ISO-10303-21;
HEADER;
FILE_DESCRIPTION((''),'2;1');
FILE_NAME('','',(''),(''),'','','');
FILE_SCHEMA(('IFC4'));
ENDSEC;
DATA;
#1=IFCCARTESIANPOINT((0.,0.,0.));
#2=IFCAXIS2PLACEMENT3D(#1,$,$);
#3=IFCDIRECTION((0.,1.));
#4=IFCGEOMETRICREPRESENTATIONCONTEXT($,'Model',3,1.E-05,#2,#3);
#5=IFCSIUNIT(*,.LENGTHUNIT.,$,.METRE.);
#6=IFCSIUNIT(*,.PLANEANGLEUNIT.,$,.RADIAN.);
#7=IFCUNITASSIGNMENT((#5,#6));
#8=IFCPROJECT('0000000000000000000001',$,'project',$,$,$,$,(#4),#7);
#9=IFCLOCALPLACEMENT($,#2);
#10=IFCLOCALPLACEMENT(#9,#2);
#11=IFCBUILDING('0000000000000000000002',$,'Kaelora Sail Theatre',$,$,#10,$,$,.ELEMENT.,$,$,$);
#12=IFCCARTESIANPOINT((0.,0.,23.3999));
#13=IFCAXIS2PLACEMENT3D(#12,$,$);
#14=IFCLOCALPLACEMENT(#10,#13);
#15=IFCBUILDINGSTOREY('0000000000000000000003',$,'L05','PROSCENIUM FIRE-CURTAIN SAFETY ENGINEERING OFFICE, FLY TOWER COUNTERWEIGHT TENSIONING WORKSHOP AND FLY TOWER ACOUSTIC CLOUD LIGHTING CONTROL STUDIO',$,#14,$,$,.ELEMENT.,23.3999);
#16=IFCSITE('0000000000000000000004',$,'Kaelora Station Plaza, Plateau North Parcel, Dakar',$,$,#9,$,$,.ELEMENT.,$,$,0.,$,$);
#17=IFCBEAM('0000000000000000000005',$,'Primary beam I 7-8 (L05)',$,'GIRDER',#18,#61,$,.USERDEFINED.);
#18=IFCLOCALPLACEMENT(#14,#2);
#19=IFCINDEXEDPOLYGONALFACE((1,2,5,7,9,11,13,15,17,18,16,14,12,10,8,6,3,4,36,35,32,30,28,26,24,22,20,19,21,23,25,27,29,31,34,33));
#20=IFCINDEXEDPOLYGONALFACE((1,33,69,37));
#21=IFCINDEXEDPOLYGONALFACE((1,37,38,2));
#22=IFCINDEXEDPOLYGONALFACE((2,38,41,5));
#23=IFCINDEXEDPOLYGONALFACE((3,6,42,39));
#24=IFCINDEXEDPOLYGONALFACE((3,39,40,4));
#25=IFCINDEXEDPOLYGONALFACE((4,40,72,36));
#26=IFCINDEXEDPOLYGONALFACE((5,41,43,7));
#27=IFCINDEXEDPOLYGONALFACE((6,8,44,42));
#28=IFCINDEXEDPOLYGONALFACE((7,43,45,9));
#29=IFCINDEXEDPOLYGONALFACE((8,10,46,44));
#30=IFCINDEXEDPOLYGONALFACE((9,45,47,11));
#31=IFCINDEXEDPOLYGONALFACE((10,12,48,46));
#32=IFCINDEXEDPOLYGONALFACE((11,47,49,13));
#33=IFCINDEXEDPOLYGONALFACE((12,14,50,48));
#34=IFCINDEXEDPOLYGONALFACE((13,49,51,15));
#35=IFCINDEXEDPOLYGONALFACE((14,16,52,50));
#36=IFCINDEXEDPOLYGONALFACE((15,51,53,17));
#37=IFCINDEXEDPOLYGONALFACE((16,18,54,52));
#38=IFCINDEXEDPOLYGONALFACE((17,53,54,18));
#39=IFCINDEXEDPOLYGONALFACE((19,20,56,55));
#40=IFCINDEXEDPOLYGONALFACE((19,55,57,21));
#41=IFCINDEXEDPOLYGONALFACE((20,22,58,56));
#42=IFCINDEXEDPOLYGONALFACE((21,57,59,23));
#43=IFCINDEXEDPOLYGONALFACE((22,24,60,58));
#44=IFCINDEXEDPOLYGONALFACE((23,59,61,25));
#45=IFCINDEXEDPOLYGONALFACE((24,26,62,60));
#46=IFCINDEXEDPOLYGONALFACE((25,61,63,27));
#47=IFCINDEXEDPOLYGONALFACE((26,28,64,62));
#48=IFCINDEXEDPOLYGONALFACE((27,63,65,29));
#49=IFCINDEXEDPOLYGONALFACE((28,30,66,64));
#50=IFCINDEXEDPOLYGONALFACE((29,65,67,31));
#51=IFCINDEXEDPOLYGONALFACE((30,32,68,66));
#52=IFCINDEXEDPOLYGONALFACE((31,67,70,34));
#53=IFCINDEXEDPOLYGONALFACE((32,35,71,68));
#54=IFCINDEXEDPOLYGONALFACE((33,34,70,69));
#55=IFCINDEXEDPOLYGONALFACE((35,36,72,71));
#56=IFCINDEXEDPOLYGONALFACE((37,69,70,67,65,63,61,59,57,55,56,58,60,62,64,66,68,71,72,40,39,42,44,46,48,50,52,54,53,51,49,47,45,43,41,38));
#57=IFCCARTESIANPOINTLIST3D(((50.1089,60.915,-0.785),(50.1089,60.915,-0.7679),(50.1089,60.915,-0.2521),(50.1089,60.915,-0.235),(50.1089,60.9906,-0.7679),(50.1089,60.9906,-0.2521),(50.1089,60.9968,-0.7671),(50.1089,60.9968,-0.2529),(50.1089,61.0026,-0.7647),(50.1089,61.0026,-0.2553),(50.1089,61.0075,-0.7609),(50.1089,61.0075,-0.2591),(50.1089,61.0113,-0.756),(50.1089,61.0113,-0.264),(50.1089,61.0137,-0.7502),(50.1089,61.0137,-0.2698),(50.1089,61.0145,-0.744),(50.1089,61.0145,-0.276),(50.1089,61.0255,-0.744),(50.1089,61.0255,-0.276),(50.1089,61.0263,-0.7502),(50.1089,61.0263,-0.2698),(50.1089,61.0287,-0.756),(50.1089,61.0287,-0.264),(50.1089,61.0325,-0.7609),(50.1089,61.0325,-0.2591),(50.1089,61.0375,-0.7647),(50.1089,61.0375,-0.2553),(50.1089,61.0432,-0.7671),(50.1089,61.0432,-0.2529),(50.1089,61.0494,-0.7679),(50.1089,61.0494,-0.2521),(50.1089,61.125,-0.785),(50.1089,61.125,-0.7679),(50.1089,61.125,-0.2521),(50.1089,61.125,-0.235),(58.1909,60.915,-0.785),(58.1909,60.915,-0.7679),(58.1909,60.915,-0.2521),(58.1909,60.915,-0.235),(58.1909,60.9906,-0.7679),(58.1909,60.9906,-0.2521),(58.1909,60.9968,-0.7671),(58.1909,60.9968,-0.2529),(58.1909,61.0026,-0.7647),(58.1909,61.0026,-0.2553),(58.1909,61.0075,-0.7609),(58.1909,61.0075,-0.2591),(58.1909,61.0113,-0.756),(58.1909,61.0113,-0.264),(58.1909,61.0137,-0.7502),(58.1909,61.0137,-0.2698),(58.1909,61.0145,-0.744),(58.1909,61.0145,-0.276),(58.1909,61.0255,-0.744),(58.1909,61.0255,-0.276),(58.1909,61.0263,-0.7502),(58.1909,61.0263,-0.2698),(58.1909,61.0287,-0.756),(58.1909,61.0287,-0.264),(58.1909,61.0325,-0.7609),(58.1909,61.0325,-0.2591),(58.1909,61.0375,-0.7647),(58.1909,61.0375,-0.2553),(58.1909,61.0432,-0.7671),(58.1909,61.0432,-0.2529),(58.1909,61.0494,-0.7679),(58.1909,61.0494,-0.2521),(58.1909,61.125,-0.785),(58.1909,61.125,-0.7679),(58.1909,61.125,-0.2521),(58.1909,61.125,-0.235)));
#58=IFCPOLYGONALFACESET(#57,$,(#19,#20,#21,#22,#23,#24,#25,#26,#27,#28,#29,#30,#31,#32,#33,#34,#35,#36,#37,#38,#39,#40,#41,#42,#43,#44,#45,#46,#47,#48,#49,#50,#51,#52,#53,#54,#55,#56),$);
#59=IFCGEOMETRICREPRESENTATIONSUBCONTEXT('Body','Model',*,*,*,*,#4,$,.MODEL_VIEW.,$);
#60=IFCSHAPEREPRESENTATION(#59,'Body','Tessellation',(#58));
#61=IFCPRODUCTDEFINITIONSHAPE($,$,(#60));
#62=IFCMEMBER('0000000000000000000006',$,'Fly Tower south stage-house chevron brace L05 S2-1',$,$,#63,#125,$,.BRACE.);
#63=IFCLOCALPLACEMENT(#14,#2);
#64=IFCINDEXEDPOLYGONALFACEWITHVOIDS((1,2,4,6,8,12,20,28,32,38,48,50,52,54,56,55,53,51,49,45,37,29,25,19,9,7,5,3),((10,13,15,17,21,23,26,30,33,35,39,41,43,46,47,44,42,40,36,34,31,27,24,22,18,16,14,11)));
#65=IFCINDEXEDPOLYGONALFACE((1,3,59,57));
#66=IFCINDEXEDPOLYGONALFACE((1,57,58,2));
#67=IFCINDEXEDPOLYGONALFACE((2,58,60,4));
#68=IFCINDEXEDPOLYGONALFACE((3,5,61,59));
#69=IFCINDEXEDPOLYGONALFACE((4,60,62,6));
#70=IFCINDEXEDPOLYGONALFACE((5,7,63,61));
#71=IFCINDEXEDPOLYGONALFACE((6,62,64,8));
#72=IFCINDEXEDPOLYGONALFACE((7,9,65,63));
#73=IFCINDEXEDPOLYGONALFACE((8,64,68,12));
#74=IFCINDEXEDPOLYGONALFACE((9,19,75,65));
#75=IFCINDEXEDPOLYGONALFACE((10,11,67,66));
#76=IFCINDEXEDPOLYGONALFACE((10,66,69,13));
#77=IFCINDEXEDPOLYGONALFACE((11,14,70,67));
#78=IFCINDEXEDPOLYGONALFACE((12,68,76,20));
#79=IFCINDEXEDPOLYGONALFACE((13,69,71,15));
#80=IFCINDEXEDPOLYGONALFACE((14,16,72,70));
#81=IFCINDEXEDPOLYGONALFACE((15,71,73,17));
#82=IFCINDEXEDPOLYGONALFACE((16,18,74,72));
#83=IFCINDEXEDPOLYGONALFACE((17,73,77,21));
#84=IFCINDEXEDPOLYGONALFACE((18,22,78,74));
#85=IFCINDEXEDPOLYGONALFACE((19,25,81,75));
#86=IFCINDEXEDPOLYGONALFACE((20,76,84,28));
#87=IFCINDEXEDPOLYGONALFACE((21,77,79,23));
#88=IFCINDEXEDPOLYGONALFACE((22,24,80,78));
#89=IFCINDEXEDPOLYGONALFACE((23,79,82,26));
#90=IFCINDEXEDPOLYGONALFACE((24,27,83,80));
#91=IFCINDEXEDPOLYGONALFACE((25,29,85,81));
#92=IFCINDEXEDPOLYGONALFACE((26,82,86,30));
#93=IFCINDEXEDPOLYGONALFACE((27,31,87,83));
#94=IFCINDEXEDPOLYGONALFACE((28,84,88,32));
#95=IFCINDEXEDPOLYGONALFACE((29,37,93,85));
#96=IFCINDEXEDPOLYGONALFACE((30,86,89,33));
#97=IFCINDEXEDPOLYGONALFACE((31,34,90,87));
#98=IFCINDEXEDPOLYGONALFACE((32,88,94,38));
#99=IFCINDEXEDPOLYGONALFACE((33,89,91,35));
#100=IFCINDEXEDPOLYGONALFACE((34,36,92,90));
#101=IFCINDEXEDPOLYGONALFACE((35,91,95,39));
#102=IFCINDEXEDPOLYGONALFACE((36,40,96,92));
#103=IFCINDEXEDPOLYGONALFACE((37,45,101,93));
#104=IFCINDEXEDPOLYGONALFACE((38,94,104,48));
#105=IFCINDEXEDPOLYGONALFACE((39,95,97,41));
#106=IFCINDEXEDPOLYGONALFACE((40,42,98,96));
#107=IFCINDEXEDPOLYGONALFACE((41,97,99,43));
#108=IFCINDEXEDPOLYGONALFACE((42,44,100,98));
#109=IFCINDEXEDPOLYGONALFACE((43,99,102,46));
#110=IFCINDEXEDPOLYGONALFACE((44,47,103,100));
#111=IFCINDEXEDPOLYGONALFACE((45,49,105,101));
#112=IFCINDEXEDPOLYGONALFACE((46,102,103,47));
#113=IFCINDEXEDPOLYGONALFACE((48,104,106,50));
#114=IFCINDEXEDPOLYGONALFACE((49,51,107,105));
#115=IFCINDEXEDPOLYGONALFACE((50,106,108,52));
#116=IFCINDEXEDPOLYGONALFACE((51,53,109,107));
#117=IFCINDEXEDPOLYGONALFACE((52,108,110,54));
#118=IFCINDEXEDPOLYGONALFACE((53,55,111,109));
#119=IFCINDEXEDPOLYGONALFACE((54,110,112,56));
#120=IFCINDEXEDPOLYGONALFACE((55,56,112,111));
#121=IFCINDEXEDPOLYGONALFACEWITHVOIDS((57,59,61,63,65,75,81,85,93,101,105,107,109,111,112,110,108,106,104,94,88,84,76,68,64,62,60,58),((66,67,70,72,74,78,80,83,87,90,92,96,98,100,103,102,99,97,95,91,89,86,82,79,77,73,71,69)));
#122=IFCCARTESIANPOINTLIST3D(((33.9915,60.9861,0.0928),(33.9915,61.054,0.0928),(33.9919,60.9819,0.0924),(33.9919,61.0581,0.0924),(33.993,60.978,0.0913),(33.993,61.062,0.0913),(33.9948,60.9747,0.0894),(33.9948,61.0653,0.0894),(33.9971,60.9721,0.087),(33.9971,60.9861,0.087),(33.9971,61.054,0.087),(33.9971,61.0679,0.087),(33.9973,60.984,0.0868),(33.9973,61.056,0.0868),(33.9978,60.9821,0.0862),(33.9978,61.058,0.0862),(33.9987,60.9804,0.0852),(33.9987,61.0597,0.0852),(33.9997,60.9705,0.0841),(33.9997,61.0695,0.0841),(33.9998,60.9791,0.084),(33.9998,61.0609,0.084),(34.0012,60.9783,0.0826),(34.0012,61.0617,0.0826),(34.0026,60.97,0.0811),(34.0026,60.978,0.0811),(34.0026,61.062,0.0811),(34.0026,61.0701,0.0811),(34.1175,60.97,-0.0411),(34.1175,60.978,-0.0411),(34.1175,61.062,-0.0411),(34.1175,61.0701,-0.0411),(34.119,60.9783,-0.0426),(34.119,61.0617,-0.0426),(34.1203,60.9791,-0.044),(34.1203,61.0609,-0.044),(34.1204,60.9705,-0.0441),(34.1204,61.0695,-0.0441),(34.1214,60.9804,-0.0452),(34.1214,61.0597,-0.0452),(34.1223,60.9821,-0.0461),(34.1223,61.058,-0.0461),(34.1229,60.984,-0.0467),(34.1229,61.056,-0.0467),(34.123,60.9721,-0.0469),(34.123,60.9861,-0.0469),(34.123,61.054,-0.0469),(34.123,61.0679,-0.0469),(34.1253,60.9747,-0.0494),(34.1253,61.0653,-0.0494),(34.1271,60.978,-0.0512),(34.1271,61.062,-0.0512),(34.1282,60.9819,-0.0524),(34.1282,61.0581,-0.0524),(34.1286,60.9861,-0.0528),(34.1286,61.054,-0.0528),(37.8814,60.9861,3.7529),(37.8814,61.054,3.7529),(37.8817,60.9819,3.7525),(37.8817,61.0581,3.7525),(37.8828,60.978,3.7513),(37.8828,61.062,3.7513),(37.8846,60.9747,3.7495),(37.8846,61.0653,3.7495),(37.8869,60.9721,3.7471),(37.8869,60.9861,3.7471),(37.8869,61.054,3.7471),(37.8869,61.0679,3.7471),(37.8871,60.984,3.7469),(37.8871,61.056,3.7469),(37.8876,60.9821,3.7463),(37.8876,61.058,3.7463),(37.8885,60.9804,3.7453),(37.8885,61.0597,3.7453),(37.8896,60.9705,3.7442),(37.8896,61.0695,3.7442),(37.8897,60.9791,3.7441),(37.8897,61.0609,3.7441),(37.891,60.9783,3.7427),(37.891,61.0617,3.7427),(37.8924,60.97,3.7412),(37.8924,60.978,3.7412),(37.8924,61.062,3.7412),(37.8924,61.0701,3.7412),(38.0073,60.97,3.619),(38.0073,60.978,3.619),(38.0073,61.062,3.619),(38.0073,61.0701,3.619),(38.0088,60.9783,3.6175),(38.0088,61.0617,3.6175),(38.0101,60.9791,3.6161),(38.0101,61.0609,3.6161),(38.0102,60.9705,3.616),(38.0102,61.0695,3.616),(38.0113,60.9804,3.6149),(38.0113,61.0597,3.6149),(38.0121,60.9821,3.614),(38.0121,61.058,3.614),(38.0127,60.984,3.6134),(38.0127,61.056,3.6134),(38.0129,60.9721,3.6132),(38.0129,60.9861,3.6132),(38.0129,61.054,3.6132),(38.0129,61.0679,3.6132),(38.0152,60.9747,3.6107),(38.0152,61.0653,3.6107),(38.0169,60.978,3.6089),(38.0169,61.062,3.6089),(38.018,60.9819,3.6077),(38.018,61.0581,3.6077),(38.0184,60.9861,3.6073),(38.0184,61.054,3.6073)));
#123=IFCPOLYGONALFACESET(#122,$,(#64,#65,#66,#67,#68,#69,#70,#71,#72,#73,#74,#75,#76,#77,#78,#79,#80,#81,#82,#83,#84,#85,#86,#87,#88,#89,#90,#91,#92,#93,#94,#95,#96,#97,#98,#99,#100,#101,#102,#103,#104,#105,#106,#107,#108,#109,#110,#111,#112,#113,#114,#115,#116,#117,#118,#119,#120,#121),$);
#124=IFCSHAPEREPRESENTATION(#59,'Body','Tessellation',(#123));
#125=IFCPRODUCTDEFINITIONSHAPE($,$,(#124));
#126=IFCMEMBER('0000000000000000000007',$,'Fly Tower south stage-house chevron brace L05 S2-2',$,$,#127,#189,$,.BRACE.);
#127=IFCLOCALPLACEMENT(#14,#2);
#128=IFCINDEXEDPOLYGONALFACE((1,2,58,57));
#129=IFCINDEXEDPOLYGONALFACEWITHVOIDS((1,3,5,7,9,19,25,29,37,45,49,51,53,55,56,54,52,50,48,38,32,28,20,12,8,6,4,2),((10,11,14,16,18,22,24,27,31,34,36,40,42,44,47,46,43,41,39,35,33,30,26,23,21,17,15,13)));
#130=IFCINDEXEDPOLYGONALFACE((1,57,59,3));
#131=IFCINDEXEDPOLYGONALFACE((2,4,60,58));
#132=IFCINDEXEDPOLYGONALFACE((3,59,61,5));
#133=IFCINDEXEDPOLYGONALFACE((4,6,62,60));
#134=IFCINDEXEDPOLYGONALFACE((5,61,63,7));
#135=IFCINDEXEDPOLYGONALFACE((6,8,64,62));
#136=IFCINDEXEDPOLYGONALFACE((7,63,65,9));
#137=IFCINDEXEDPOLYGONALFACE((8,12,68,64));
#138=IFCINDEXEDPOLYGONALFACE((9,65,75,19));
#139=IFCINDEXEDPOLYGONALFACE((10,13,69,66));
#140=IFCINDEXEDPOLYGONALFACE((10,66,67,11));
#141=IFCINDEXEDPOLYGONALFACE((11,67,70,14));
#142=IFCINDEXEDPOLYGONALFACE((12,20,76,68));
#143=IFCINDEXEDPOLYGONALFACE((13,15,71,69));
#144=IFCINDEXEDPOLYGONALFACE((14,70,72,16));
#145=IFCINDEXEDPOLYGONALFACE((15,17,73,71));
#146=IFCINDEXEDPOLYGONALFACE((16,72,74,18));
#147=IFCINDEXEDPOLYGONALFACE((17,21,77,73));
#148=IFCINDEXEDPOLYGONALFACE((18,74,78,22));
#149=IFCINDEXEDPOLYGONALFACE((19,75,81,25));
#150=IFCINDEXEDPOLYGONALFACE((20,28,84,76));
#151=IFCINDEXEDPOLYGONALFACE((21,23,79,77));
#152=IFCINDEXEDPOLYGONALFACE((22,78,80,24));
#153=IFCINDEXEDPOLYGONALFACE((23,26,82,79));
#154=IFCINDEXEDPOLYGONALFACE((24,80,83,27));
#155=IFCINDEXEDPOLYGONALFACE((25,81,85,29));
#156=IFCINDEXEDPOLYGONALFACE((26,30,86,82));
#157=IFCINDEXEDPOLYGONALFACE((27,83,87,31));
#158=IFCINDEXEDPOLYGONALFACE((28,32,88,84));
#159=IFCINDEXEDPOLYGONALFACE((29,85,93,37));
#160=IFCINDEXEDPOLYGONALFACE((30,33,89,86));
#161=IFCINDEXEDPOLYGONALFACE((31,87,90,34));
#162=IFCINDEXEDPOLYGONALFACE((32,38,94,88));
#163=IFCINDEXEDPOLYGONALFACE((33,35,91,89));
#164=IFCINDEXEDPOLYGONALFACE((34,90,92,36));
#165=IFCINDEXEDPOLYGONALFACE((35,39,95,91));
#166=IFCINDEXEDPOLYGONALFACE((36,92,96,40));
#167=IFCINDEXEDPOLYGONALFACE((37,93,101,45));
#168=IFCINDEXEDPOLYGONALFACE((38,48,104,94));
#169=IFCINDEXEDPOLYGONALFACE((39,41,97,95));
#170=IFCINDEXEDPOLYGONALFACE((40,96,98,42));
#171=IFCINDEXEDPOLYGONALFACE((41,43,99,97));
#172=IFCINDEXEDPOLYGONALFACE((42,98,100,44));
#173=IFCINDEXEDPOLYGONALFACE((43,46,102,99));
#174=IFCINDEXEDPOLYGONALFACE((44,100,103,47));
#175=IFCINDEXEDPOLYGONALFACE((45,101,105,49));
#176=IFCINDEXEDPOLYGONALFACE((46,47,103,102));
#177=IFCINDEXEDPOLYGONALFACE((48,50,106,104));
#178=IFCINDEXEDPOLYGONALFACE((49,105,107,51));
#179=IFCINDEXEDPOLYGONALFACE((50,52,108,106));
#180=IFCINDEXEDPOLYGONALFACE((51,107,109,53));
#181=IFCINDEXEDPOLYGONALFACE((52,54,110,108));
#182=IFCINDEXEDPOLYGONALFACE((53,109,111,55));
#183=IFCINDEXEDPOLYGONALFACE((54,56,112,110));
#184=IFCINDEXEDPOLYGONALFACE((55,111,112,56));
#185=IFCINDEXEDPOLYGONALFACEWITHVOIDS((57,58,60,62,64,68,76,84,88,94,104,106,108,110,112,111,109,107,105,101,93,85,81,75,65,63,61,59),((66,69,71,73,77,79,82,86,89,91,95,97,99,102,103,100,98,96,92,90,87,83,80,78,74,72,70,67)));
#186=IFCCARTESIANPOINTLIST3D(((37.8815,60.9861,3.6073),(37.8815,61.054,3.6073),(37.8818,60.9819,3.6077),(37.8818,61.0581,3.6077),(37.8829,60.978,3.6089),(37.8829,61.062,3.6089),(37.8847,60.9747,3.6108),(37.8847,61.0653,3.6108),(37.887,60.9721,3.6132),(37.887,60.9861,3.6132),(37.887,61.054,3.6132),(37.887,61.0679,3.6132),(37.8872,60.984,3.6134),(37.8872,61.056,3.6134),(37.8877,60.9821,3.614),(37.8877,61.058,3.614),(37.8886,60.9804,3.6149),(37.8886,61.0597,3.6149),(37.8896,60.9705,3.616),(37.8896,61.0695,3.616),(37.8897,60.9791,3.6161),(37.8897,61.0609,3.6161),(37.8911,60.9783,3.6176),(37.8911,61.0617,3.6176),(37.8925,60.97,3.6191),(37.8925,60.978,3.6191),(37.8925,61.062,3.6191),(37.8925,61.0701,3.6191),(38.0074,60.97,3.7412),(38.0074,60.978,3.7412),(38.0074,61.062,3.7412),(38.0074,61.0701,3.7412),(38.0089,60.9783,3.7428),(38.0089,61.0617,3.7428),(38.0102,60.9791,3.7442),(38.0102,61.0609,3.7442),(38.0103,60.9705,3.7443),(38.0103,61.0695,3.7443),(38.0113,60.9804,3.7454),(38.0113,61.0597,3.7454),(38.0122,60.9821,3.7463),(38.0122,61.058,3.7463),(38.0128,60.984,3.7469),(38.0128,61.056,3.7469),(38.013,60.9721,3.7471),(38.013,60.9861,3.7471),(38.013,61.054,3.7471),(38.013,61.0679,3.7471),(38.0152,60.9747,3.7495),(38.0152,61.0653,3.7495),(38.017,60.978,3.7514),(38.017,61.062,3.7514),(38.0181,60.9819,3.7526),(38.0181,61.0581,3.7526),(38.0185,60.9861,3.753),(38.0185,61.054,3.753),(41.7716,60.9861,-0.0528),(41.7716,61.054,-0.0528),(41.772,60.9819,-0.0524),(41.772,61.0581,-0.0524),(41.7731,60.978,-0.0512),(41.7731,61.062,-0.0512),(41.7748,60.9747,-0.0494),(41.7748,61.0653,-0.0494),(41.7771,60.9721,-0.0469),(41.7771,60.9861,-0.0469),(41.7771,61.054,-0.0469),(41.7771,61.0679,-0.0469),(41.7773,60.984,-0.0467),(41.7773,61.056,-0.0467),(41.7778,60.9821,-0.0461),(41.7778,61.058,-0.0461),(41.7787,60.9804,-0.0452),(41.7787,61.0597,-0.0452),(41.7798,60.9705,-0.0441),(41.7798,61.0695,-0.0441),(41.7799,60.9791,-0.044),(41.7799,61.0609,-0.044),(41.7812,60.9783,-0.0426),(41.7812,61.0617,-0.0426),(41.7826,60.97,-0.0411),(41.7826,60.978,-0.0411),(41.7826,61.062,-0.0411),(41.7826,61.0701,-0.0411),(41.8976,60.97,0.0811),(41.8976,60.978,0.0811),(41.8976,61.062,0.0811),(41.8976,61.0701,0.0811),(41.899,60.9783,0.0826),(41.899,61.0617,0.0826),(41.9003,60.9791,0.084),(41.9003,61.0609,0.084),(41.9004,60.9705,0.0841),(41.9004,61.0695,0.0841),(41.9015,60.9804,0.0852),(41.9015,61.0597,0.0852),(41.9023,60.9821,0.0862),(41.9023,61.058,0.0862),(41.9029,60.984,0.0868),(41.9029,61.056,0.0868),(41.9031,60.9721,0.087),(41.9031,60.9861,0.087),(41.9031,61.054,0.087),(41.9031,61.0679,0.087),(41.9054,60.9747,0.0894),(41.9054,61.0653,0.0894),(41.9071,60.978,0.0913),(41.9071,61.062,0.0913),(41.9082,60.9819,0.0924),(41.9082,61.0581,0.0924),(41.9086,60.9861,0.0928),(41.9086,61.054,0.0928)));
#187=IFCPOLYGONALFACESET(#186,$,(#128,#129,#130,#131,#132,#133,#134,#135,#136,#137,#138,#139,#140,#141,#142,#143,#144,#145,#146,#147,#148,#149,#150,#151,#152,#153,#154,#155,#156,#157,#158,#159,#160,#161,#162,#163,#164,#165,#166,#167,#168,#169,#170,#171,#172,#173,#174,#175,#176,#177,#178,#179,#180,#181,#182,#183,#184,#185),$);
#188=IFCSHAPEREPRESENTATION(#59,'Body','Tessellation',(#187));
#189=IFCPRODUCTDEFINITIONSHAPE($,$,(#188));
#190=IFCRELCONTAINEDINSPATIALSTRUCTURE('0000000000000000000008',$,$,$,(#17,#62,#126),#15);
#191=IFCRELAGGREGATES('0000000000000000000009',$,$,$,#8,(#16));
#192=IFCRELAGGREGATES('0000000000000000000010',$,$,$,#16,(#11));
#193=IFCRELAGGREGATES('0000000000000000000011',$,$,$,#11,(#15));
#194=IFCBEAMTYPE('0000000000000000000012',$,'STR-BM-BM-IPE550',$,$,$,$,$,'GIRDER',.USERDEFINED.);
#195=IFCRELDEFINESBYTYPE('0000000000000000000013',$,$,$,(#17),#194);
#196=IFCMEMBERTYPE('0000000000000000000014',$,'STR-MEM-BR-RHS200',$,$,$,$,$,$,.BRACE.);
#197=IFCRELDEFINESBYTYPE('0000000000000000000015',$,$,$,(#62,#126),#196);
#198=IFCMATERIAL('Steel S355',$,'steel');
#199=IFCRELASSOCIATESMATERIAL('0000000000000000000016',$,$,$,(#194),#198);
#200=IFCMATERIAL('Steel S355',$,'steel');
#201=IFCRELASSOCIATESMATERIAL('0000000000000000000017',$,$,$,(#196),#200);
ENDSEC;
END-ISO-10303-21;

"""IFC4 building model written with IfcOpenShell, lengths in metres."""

from ifc_helpers import new_model, si_unit, direction, frame, origin, origin_2d, place, context, subcontext, project, spatial, hollow_rectangle, i_section, extrude, material, material_profile, profile_set, type_object, element, save


model = new_model("IFC4")

# Units and contexts
model_context = context("Model", 3, precision=1e-05, world=origin(), true_north=direction((0.0, 1.0)))
body_context = subcontext(model_context, "Body", "Model", "MODEL_VIEW")
ifc_project = project(units=[si_unit("LENGTHUNIT", "METRE"), si_unit("PLANEANGLEUNIT", "RADIAN")], contexts=[model_context])

# Site, building, storey
site_placement = place(None, origin())
site = spatial("IfcSite", under=ifc_project, at=site_placement, Name="Kaelora Station Plaza, Plateau North Parcel, Dakar", CompositionType="ELEMENT", RefElevation=0.0)
building_placement = place(site_placement, origin())
building = spatial("IfcBuilding", under=site, at=building_placement, Name="Kaelora Sail Theatre", CompositionType="ELEMENT")
storey_placement = place(building_placement, frame((0.0, 0.0, 23.3999)))
storey = spatial("IfcBuildingStorey", under=building, at=storey_placement, Name="L05", Description="PROSCENIUM FIRE-CURTAIN SAFETY ENGINEERING OFFICE, FLY TOWER COUNTERWEIGHT TENSIONING WORKSHOP AND FLY TOWER ACOUSTIC CLOUD LIGHTING CONTROL STUDIO", CompositionType="ELEMENT", Elevation=23.3999)

# Beam
ifc_material_1 = material(Name="Steel S355", Category="steel")
ifc_material_profile_1 = material_profile(ifc_material_1, i_section(OverallWidth=0.21, OverallDepth=0.55, WebThickness=0.011, FlangeThickness=0.0171, FilletRadius=0.0239, at=origin_2d()), Name="IPE 550")
ifc_profile_set_1 = profile_set([ifc_material_profile_1], Name="Steel S355")
beam_type = type_object("IfcBeamType", Name="STR-BM-BM-IPE550", ElementType="GIRDER", PredefinedType="USERDEFINED", material=ifc_profile_set_1)
for number, where, z_axis, x_axis, name in (
    (1, (50.1089, 61.02, -0.51), (1.0, 0.0, 0.0), (0.0, 1.0, 0.0), "Primary beam I 7-8 (L05)"),
):
    element("IfcBeam", number, at=place(storey_placement, frame(where, z_axis=z_axis, x_axis=x_axis)), inside=storey, type_object=beam_type, Name=name, ObjectType="GIRDER", PredefinedType="USERDEFINED", context=body_context, shape_type="SweptSolid", body=[
        extrude(i_section(OverallWidth=0.21, OverallDepth=0.55, WebThickness=0.011, FlangeThickness=0.0171, FilletRadius=0.0239, at=origin_2d()), origin(), (0.0, 0.0, 1.0), 8.082),
    ])

# Members
ifc_material_2 = material(Name="Steel S355", Category="steel")
ifc_material_profile_2 = material_profile(ifc_material_2, hollow_rectangle(XDim=0.1001, YDim=0.2, WallThickness=0.0081, InnerFilletRadius=0.0081, OuterFilletRadius=0.0161, at=origin_2d()), Name="RHS 200x100x8.0")
ifc_profile_set_2 = profile_set([ifc_material_profile_2], Name="Steel S355")
member_type = type_object("IfcMemberType", Name="STR-MEM-BR-RHS200", PredefinedType="BRACE", material=ifc_profile_set_2)
member_1_placement = place(storey_placement, frame((34.0601, 61.02, 0.02), z_axis=(0.728286, 0.0, 0.685273), x_axis=(0.0, 1.0, 0.0)))
element("IfcMember", 2, at=member_1_placement, inside=storey, type_object=member_type, Name="Fly Tower south stage-house chevron brace L05 S2-1", PredefinedType="BRACE", context=body_context, shape_type="SweptSolid", body=[
    extrude(hollow_rectangle(XDim=0.1001, YDim=0.2, WallThickness=0.0081, InnerFilletRadius=0.0081, OuterFilletRadius=0.0161, at=origin_2d()), origin(), (0.0, 0.0, 1.0), 5.3411),
])
member_2_placement = place(storey_placement, frame((41.8401, 61.02, 0.02), z_axis=(-0.728307, 0.0, 0.685251), x_axis=(0.0, -1.0, 0.0)))
element("IfcMember", 3, at=member_2_placement, inside=storey, type_object=member_type, Name="Fly Tower south stage-house chevron brace L05 S2-2", PredefinedType="BRACE", context=body_context, shape_type="SweptSolid", body=[
    extrude(hollow_rectangle(XDim=0.1001, YDim=0.2, WallThickness=0.0081, InnerFilletRadius=0.0081, OuterFilletRadius=0.0161, at=origin_2d()), origin(), (0.0, 0.0, 1.0), 5.3413),
])

save(model, "model.ifc")
